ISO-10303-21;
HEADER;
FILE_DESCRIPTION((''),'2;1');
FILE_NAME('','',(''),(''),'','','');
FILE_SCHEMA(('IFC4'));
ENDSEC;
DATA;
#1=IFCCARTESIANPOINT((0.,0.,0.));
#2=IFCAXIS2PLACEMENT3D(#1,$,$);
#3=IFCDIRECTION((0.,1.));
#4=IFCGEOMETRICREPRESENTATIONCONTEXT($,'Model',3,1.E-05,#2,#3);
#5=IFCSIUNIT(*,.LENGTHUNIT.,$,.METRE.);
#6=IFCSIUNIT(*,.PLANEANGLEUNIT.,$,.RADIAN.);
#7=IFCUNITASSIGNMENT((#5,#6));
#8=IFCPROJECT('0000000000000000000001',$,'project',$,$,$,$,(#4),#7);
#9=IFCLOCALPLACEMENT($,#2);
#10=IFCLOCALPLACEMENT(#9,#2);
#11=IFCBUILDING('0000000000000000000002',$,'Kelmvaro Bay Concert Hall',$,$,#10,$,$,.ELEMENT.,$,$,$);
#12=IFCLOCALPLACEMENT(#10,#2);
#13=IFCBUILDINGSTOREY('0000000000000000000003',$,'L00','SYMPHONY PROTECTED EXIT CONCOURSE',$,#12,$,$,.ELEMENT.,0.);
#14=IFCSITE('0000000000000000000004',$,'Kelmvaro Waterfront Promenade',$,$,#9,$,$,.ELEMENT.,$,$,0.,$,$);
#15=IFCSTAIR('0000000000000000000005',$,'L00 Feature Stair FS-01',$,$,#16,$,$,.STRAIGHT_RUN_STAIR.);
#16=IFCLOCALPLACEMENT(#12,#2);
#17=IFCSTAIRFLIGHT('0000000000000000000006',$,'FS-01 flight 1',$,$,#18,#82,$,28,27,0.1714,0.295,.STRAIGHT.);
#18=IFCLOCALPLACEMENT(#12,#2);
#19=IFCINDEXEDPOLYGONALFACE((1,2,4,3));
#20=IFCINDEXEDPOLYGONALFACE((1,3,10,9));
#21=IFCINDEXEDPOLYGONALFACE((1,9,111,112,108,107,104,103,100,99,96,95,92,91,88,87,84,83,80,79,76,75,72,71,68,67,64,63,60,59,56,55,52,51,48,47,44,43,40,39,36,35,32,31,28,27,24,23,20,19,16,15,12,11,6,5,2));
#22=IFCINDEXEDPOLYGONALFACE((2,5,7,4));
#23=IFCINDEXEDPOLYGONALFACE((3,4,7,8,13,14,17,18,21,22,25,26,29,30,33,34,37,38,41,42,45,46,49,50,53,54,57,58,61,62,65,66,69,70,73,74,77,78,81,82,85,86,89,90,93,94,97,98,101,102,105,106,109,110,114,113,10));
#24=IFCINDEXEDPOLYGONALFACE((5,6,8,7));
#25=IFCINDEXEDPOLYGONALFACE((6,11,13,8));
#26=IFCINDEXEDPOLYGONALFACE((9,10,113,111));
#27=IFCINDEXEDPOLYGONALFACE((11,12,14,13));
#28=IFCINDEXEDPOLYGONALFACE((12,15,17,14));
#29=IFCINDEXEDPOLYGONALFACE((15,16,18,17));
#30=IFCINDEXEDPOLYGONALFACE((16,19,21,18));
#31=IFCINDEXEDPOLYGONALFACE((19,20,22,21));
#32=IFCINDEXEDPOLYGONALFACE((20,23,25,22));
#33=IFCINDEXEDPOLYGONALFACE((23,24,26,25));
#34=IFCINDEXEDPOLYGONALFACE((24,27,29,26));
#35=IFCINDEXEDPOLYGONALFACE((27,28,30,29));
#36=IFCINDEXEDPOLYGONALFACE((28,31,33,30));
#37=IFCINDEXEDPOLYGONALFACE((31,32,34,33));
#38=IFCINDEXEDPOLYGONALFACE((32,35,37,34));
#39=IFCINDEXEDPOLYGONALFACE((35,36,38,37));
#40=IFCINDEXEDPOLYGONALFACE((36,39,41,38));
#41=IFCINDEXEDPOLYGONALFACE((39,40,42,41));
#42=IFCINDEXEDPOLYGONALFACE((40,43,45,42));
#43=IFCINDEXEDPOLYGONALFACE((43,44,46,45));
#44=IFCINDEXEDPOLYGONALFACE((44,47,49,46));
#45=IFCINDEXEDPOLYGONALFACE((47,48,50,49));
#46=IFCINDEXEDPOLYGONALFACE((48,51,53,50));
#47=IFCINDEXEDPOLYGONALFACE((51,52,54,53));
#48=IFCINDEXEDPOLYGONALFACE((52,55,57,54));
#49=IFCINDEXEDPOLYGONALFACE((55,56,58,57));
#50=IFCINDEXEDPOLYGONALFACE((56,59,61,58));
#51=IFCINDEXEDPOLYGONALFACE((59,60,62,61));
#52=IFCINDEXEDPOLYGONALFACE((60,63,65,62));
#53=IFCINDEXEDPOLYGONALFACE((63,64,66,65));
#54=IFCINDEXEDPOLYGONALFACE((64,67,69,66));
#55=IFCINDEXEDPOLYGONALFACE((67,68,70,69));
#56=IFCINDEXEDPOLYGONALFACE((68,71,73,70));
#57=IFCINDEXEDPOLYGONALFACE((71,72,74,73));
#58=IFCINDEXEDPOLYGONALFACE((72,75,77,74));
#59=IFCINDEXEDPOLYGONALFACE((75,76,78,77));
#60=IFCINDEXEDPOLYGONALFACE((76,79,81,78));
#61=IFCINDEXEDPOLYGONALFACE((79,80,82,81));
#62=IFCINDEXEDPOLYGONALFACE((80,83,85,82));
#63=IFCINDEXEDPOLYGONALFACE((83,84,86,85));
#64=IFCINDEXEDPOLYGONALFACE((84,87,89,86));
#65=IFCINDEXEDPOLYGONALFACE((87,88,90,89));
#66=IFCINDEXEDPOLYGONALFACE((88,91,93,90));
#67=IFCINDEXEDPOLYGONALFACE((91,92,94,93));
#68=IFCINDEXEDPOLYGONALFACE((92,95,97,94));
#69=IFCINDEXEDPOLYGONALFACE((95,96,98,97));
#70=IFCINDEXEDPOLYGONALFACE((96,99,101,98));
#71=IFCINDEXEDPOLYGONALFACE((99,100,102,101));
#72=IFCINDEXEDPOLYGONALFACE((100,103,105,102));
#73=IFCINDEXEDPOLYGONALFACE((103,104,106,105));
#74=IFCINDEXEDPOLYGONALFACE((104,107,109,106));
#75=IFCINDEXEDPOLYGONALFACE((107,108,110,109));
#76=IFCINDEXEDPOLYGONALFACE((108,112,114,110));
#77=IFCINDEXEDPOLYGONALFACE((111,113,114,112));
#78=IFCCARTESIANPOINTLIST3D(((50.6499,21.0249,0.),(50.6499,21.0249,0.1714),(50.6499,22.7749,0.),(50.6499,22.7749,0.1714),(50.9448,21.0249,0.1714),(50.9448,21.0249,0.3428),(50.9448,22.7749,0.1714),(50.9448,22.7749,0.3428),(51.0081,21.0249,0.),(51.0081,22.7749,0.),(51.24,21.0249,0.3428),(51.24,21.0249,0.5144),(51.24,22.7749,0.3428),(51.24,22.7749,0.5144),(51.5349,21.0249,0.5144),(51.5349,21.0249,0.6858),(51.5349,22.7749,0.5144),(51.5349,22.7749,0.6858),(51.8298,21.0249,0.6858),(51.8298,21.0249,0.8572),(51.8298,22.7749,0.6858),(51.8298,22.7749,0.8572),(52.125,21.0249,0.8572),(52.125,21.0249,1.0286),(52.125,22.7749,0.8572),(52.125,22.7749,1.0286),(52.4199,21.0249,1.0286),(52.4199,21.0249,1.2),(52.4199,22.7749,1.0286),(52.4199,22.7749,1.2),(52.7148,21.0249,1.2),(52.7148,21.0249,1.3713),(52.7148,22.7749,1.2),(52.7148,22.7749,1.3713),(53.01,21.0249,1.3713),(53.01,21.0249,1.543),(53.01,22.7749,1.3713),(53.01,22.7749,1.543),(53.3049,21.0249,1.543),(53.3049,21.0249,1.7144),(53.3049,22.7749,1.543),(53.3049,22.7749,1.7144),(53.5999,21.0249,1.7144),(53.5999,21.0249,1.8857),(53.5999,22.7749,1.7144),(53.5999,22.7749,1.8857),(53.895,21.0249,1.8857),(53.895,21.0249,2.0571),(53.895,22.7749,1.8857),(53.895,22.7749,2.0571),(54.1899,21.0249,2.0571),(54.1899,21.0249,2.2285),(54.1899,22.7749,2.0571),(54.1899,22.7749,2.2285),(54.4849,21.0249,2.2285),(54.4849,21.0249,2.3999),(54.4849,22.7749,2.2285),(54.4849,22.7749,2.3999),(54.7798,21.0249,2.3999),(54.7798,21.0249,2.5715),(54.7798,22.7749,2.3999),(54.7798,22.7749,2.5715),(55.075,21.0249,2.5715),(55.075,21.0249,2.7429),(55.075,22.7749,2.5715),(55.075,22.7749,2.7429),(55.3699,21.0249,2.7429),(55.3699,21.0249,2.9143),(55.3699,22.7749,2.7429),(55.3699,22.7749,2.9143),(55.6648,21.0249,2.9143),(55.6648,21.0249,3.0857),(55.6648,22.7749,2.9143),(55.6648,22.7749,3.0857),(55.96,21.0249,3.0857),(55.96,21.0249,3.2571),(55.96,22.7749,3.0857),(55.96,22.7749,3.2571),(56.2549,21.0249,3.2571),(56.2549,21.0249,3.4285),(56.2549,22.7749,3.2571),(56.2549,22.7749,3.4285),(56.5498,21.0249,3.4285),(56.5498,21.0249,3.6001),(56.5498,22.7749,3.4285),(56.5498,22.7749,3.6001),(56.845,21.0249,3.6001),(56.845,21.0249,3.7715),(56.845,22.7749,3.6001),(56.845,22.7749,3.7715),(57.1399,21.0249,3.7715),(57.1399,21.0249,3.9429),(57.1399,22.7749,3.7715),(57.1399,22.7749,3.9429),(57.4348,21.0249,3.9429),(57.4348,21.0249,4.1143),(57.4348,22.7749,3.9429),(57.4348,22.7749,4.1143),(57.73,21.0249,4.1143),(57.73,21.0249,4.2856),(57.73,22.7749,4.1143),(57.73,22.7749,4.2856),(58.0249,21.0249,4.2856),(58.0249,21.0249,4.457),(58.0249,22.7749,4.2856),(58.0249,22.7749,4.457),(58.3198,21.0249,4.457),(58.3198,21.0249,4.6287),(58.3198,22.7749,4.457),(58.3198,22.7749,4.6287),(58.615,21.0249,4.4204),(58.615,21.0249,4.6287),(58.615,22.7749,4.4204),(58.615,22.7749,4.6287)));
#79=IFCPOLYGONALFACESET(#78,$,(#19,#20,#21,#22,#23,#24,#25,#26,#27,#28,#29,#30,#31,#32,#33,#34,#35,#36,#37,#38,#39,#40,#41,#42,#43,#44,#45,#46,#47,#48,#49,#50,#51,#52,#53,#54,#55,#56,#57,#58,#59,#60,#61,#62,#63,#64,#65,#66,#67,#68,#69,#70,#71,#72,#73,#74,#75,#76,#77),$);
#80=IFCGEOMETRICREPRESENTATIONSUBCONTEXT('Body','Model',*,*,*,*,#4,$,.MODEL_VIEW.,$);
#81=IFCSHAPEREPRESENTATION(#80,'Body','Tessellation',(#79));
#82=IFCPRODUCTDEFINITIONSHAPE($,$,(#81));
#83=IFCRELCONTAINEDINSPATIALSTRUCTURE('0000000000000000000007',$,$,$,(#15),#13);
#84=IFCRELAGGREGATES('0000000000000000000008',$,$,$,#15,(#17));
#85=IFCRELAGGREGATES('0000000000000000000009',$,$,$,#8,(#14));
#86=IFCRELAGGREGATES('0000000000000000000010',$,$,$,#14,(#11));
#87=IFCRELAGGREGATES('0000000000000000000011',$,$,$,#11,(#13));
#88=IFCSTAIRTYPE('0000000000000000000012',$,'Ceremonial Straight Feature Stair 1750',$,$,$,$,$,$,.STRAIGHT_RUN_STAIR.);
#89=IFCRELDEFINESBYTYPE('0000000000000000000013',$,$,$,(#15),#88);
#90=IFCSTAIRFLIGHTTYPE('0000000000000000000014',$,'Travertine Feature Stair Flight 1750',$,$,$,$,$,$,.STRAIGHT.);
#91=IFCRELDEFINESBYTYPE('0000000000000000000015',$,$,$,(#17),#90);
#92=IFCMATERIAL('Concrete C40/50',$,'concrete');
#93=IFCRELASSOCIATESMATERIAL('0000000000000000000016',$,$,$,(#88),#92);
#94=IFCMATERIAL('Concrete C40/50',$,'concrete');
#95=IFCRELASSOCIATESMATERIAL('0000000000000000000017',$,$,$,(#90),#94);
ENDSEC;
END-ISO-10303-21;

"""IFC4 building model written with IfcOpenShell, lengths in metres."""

from ifc_helpers import new_model, si_unit, direction, frame, origin, place, context, subcontext, project, spatial, polyline, outline, extrude, material, type_object, element, aggregate, save


model = new_model("IFC4")

# Units and contexts
model_context = context("Model", 3, precision=1e-05, world=origin(), true_north=direction((0.0, 1.0)))
body_context = subcontext(model_context, "Body", "Model", "MODEL_VIEW")
ifc_project = project(units=[si_unit("LENGTHUNIT", "METRE"), si_unit("PLANEANGLEUNIT", "RADIAN")], contexts=[model_context])

# Site, building, storey
site_placement = place(None, origin())
site = spatial("IfcSite", under=ifc_project, at=site_placement, Name="Kelmvaro Waterfront Promenade", CompositionType="ELEMENT", RefElevation=0.0)
building_placement = place(site_placement, origin())
building = spatial("IfcBuilding", under=site, at=building_placement, Name="Kelmvaro Bay Concert Hall", CompositionType="ELEMENT")
storey_placement = place(building_placement, origin())
storey = spatial("IfcBuildingStorey", under=building, at=storey_placement, Name="L00", Description="SYMPHONY PROTECTED EXIT CONCOURSE", CompositionType="ELEMENT", Elevation=0.0)

# Stair, stair flight
ifc_material_1 = material(Name="Concrete C40/50", Category="concrete")
stair_type = type_object("IfcStairType", Name="Ceremonial Straight Feature Stair 1750", PredefinedType="STRAIGHT_RUN_STAIR", material=ifc_material_1)
stair_placement = place(storey_placement, origin())
stair = element("IfcStair", 1, at=stair_placement, inside=storey, type_object=stair_type, Name="L00 Feature Stair FS-01", PredefinedType="STRAIGHT_RUN_STAIR")
ifc_material_2 = material(Name="Concrete C40/50", Category="concrete")
stair_flight_type = type_object("IfcStairFlightType", Name="Travertine Feature Stair Flight 1750", PredefinedType="STRAIGHT", material=ifc_material_2)
stair_flight_placement = place(storey_placement, frame((50.6499, 21.8999, 0.0), z_axis=(0.0, 0.0, 1.0), x_axis=(1.0, 0.0, 0.0)))
stair_flight = element("IfcStairFlight", 2, at=stair_flight_placement, type_object=stair_flight_type, Name="FS-01 flight 1", NumberOfRisers=28, NumberOfTreads=27, PredefinedType="STRAIGHT", RiserHeight=0.1714, TreadLength=0.295, context=body_context, shape_type="SweptSolid", body=[
    extrude(outline(polyline([(0.0, 0.0), (0.0, 0.1714), (0.2949, 0.1714), (0.2949, 0.3428), (0.5901, 0.3428), (0.5901, 0.5144), (0.885, 0.5144), (0.885, 0.6858), (1.1799, 0.6858), (1.1799, 0.8572), (1.4751, 0.8572), (1.4751, 1.0286), (1.77, 1.0286), (1.77, 1.2), (2.0649, 1.2), (2.0649, 1.3713), (2.3601, 1.3713), (2.3601, 1.543), (2.655, 1.543), (2.655, 1.7144), (2.95, 1.7144), (2.95, 1.8857), (3.2451, 1.8857), (3.2451, 2.0571), (3.54, 2.0571), (3.54, 2.2285), (3.835, 2.2285), (3.835, 2.3999), (4.1299, 2.3999), (4.1299, 2.5715), (4.425, 2.5715), (4.425, 2.7429), (4.72, 2.7429), (4.72, 2.9143), (5.0149, 2.9143), (5.0149, 3.0857), (5.3101, 3.0857), (5.3101, 3.2571), (5.605, 3.2571), (5.605, 3.4285), (5.8999, 3.4285), (5.8999, 3.6001), (6.1951, 3.6001), (6.1951, 3.7715), (6.49, 3.7715), (6.49, 3.9429), (6.7849, 3.9429), (6.7849, 4.1143), (7.0801, 4.1143), (7.0801, 4.2856), (7.375, 4.2856), (7.375, 4.457), (7.6699, 4.457), (7.6699, 4.6287), (7.9651, 4.6287), (7.9651, 4.8), (7.9651, 4.4204), (0.3582, 0.0), (0.0, 0.0)])), frame((0.0, 0.875, 0.0), z_axis=(0.0, -1.0, 0.0), x_axis=(1.0, 0.0, 0.0)), (0.0, 0.0, 1.0), 1.75),
])
aggregate(stair, [stair_flight])

save(model, "model.ifc")
